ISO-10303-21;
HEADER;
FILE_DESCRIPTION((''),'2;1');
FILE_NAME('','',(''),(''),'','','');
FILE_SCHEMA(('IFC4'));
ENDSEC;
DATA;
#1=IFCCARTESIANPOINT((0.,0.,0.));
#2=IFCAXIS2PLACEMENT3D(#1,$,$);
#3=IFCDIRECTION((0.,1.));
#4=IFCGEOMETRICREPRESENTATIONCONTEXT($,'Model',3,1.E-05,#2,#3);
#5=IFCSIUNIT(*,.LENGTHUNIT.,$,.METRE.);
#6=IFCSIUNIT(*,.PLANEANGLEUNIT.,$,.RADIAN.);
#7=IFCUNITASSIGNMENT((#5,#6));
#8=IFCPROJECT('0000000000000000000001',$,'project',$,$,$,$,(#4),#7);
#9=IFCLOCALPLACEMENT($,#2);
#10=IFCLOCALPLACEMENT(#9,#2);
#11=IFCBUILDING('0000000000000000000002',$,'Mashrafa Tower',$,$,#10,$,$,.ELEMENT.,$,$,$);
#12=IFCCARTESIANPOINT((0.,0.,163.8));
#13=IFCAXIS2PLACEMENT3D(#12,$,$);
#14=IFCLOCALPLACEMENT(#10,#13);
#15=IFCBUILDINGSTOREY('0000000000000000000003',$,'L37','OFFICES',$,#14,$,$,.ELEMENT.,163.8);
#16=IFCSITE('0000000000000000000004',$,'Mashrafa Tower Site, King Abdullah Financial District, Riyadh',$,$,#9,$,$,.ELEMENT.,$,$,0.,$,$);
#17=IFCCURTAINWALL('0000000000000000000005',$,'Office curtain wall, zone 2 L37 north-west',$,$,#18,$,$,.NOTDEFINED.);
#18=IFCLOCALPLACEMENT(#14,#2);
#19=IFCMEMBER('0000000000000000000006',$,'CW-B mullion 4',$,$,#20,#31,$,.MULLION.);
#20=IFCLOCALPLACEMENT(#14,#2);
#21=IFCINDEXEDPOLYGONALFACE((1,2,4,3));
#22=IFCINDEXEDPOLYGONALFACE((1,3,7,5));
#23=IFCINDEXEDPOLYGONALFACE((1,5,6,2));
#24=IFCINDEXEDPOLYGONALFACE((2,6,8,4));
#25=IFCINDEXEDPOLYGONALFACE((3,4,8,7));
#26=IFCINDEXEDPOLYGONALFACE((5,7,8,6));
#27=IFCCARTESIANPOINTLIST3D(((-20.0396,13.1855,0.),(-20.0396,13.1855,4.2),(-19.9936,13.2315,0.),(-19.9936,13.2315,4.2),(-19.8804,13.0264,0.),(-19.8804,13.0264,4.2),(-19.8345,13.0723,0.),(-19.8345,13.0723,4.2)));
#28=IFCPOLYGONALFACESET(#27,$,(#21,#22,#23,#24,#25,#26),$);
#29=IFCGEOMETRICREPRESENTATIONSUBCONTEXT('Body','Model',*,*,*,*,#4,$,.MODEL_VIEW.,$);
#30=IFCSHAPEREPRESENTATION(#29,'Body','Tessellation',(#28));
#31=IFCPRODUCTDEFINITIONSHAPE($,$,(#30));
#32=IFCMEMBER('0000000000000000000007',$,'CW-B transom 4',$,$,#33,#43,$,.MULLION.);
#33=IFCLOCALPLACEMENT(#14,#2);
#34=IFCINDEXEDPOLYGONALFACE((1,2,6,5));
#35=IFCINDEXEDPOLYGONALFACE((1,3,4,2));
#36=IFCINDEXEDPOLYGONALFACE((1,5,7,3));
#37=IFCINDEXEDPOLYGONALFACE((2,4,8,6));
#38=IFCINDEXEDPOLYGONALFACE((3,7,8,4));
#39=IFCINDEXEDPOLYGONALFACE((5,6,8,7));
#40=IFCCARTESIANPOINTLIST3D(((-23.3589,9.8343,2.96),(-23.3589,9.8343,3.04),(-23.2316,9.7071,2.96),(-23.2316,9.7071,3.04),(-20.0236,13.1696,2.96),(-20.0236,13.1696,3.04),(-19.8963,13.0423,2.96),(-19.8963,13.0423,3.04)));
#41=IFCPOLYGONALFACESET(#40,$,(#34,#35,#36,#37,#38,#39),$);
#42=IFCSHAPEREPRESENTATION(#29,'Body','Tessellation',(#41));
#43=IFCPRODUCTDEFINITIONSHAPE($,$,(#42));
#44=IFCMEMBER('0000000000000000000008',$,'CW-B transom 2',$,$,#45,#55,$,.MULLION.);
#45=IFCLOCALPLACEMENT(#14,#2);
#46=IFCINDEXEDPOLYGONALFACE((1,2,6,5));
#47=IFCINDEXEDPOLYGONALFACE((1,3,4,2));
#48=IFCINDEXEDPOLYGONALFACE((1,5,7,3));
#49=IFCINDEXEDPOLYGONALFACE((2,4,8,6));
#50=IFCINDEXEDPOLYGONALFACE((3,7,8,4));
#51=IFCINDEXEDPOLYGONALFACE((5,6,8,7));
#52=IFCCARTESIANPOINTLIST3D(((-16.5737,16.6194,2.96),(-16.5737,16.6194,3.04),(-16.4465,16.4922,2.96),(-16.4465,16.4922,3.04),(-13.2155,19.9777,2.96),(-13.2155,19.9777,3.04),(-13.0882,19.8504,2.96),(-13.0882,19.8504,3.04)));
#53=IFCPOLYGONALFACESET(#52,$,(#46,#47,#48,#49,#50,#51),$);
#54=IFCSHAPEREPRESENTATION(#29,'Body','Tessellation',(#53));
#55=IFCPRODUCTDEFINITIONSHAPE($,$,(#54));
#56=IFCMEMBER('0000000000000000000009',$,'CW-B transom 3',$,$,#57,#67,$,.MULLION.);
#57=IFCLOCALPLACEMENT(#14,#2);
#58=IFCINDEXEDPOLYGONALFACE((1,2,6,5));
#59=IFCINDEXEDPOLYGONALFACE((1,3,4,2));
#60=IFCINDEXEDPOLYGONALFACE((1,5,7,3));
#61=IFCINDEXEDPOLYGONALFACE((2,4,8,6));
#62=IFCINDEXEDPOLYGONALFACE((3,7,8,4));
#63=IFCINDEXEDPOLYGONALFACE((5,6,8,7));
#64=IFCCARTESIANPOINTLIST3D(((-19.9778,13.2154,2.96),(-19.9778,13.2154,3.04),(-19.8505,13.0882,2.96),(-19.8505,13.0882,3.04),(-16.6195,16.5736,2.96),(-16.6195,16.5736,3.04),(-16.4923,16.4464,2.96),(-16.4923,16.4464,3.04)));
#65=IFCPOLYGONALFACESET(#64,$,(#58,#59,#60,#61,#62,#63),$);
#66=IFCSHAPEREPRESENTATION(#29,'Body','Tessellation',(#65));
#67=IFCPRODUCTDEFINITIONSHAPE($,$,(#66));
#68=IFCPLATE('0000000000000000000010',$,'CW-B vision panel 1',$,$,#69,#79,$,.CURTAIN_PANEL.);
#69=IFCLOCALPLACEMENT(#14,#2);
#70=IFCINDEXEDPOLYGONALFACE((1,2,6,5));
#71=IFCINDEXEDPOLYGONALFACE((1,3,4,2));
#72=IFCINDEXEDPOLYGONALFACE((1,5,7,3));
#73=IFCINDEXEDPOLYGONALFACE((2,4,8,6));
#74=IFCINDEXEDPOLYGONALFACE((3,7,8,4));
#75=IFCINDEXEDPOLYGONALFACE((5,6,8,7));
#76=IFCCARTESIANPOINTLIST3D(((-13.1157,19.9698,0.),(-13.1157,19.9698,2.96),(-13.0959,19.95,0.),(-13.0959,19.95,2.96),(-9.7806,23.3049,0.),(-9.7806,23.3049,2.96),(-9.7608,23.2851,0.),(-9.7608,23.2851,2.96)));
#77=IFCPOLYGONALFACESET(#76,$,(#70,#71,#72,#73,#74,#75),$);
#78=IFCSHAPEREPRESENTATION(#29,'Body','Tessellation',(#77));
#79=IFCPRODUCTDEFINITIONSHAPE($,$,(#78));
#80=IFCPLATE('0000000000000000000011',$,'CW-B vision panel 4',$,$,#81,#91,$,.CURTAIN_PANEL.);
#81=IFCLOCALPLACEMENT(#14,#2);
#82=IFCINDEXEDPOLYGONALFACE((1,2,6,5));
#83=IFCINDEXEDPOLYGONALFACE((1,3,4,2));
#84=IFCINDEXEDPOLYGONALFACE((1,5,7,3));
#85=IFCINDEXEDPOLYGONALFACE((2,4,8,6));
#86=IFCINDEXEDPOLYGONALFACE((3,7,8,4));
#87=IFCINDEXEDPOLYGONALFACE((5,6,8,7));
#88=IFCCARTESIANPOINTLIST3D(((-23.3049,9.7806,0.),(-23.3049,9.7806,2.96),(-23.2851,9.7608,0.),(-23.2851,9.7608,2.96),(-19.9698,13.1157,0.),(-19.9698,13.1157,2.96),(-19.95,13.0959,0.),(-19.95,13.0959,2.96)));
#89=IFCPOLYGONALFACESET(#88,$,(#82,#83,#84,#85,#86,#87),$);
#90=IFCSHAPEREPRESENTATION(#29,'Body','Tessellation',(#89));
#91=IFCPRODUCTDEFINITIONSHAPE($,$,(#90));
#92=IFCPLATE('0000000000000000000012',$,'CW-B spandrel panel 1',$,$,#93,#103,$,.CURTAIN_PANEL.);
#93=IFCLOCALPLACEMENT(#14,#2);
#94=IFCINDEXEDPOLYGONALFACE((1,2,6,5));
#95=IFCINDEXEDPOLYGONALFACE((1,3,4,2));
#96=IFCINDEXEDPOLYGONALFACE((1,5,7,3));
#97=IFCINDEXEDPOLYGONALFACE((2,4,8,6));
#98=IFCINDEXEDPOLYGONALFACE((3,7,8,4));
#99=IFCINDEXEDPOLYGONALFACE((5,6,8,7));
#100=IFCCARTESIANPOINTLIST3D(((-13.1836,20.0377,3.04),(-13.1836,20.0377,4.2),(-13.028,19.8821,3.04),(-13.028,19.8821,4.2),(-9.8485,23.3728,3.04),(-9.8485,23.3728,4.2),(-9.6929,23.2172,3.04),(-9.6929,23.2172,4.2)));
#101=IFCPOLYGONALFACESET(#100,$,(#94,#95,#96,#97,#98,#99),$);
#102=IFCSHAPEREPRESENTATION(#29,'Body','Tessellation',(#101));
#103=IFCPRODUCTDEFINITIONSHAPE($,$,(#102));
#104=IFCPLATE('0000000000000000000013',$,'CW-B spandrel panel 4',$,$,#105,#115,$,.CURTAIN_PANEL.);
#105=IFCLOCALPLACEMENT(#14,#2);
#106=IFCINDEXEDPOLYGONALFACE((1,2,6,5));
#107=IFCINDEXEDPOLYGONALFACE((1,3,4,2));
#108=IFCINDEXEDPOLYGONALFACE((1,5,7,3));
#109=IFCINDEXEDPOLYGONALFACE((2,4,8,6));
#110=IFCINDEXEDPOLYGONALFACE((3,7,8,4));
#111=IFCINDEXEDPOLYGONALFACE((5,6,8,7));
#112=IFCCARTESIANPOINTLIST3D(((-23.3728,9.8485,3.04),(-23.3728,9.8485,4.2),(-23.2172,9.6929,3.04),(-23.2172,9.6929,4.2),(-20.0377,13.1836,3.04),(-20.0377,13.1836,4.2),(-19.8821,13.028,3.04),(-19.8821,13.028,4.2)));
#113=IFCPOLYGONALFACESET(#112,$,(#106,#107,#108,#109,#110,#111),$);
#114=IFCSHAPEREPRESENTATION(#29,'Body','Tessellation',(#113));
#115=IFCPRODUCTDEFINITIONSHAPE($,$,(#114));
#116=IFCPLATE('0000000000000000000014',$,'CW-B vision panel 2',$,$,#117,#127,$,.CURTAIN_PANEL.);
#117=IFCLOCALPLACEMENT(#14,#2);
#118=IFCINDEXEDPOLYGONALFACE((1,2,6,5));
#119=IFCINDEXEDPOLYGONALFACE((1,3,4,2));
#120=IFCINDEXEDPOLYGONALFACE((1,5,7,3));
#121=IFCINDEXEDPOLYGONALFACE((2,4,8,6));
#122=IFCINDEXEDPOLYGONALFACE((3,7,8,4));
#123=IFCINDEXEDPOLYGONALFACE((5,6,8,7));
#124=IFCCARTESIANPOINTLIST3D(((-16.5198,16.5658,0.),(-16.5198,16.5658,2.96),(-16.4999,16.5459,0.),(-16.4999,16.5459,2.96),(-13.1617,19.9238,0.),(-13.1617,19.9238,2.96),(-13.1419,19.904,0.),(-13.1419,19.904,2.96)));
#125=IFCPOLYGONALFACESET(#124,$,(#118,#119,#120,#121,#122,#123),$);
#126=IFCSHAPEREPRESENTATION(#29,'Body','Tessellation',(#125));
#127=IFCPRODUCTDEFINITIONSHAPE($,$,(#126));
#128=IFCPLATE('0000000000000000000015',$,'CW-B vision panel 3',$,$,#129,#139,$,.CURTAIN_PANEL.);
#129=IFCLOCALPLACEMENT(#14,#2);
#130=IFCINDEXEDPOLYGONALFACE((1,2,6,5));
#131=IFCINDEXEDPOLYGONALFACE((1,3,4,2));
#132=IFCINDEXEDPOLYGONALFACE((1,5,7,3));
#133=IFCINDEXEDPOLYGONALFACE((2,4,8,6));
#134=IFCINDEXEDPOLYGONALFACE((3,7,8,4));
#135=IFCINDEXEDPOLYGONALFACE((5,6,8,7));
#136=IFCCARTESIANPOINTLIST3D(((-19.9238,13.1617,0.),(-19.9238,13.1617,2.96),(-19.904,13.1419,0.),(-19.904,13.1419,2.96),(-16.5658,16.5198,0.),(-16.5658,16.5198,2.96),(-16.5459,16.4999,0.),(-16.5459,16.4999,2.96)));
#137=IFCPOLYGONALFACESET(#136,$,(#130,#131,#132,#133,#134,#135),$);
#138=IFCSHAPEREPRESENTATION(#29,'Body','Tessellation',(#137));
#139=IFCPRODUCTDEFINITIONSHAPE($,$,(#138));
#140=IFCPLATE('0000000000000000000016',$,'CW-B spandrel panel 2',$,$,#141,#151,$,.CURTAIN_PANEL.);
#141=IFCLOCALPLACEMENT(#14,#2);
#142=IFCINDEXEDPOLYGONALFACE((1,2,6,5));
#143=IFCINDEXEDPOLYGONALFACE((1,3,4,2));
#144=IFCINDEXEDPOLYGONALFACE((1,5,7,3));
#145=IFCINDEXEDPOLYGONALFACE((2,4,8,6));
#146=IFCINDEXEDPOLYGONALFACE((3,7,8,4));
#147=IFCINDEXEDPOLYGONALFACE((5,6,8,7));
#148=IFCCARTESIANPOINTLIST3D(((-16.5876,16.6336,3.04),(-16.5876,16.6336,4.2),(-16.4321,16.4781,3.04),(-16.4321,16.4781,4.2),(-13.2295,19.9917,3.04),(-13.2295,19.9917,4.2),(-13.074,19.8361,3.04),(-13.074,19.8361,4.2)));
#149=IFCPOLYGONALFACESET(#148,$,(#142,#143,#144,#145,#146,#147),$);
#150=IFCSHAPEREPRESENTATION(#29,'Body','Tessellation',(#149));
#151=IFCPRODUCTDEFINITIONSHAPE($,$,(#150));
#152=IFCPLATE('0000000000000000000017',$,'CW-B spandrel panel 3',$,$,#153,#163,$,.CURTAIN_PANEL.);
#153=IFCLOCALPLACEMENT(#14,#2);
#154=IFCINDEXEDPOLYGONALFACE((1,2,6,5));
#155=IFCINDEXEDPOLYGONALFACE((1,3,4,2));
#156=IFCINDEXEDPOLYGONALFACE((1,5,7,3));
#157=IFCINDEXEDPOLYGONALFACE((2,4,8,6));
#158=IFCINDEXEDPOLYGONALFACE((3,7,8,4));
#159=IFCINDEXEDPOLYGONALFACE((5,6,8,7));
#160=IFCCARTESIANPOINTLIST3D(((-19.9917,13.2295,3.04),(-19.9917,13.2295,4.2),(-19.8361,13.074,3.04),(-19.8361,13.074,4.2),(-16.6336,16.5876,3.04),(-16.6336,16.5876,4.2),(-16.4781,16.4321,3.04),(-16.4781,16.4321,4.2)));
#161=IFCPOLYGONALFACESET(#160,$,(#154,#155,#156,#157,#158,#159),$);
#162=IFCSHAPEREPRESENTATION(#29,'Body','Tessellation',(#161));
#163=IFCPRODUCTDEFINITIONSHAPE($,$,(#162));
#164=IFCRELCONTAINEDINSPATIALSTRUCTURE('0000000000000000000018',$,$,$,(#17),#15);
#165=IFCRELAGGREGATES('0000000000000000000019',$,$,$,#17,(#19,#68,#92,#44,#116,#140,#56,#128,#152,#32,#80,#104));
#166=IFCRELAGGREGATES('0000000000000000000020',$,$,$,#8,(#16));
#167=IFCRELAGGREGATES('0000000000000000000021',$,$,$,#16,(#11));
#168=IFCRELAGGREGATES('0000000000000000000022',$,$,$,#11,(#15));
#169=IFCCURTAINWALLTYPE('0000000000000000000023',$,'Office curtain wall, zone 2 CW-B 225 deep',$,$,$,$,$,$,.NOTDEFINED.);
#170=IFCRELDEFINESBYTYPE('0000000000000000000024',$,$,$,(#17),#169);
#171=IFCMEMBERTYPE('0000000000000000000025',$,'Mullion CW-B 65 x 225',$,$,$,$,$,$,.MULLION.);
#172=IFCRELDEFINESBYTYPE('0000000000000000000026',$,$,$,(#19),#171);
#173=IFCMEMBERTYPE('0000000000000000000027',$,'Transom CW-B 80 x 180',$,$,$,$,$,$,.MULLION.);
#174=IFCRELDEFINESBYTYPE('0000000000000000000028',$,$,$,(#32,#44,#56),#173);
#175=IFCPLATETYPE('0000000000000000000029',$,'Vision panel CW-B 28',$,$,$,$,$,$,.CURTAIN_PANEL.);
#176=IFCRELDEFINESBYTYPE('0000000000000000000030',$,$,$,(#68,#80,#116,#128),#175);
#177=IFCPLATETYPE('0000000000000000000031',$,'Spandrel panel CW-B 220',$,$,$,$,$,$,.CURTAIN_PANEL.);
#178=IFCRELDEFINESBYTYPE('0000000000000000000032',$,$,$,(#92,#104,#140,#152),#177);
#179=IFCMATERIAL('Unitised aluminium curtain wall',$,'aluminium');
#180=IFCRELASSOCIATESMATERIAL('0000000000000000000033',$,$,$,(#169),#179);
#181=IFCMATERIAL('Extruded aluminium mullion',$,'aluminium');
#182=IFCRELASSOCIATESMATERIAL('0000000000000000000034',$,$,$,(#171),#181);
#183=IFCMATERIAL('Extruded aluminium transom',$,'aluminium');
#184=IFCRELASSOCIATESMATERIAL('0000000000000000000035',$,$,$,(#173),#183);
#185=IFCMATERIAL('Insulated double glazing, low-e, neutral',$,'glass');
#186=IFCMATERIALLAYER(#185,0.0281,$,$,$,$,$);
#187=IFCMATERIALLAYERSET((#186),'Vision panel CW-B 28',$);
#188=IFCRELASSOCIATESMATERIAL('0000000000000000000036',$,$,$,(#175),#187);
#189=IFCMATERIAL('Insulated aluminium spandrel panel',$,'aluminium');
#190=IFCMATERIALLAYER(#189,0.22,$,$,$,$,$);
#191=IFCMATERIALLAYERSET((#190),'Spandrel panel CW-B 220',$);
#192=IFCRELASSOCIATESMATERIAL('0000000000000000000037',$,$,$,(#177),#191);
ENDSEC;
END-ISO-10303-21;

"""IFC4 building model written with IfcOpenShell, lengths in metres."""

from ifc_helpers import new_model, si_unit, direction, frame, origin, origin_2d, place, context, subcontext, project, spatial, rectangle, extrude, source, transform, mapped, material, layer, layer_set, material_profile, profile_set, type_object, type_shapes, element, aggregate, save


model = new_model("IFC4")

# Units and contexts
model_context = context("Model", 3, precision=1e-05, world=origin(), true_north=direction((0.0, 1.0)))
body_context = subcontext(model_context, "Body", "Model", "MODEL_VIEW")
ifc_project = project(units=[si_unit("LENGTHUNIT", "METRE"), si_unit("PLANEANGLEUNIT", "RADIAN")], contexts=[model_context])

# Site, building, storey
site_placement = place(None, origin())
site = spatial("IfcSite", under=ifc_project, at=site_placement, Name="Mashrafa Tower Site, King Abdullah Financial District, Riyadh", CompositionType="ELEMENT", RefElevation=0.0)
building_placement = place(site_placement, origin())
building = spatial("IfcBuilding", under=site, at=building_placement, Name="Mashrafa Tower", CompositionType="ELEMENT")
storey_placement = place(building_placement, frame((0.0, 0.0, 163.8)))
storey = spatial("IfcBuildingStorey", under=building, at=storey_placement, Name="L37", Description="OFFICES", CompositionType="ELEMENT", Elevation=163.8)

# Curtain wall, members, plates
ifc_material_1 = material(Name="Unitised aluminium curtain wall", Category="aluminium")
curtain_wall_type = type_object("IfcCurtainWallType", Name="Office curtain wall, zone 2 CW-B 225 deep", PredefinedType="NOTDEFINED", material=ifc_material_1)
curtain_wall_placement = place(storey_placement, origin())
curtain_wall = element("IfcCurtainWall", 1, at=curtain_wall_placement, inside=storey, type_object=curtain_wall_type, Name="Office curtain wall, zone 2 L37 north-west", PredefinedType="NOTDEFINED")
ifc_material_2 = material(Name="Extruded aluminium mullion", Category="aluminium")
ifc_material_profile_1 = material_profile(ifc_material_2, rectangle(XDim=0.2251, YDim=0.0649, at=origin_2d()), Name="Mullion 65x225")
ifc_profile_set_1 = profile_set([ifc_material_profile_1], Name="Extruded aluminium mullion")
member_type_1 = type_object("IfcMemberType", Name="Mullion CW-B 65 x 225", PredefinedType="MULLION", material=ifc_profile_set_1)
shared_shape_1 = source(origin(), body_context, "Body", "SweptSolid", [
    extrude(rectangle(XDim=0.2251, YDim=0.0649, at=origin_2d()), origin(), (0.0, 0.0, 1.0), 4.2),
])
type_shapes(member_type_1, [shared_shape_1])
member_1_placement = place(storey_placement, frame((-19.937, 13.1289, 0.0), z_axis=(0.0, 0.0, 1.0), x_axis=(0.707107, -0.707107, 0.0)))
member_1 = element("IfcMember", 2, at=member_1_placement, type_object=member_type_1, Name="CW-B mullion 4", PredefinedType="MULLION", context=body_context, shape_type="MappedRepresentation", body=[
    mapped(shared_shape_1, transform((0.0, 0.0, 0.0))),
])
ifc_material_3 = material(Name="Extruded aluminium transom", Category="aluminium")
ifc_material_profile_2 = material_profile(ifc_material_3, rectangle(XDim=0.1799, YDim=0.0801, at=origin_2d()), Name="Transom 80x180")
ifc_profile_set_2 = profile_set([ifc_material_profile_2], Name="Extruded aluminium transom")
member_type_2 = type_object("IfcMemberType", Name="Transom CW-B 80 x 180", PredefinedType="MULLION", material=ifc_profile_set_2)
shared_shape_2 = source(origin(), body_context, "Body", "SweptSolid", [
    extrude(rectangle(XDim=0.1799, YDim=0.0801, at=origin_2d()), origin(), (0.0, 0.0, 1.0), 4.7168),
])
member_2_placement = place(storey_placement, frame((-19.96, 13.106, 3.0), z_axis=(-0.707107, -0.707107, 0.0), x_axis=(0.707107, -0.707107, 0.0)))
member_2 = element("IfcMember", 3, at=member_2_placement, type_object=member_type_2, Name="CW-B transom 4", PredefinedType="MULLION", context=body_context, shape_type="MappedRepresentation", body=[
    mapped(shared_shape_2, transform((0.0, 0.0, 0.0))),
])
shared_shape_3 = source(origin(), body_context, "Body", "SweptSolid", [
    extrude(rectangle(XDim=0.1799, YDim=0.0801, at=origin_2d()), origin(), (0.0, 0.0, 1.0), 4.7493),
])
type_shapes(member_type_2, [shared_shape_2, shared_shape_3])
member_3_placement = place(storey_placement, frame((-13.1519, 19.9141, 3.0), z_axis=(-0.707107, -0.707107, 0.0), x_axis=(0.707107, -0.707107, 0.0)))
member_3 = element("IfcMember", 4, at=member_3_placement, type_object=member_type_2, Name="CW-B transom 2", PredefinedType="MULLION", context=body_context, shape_type="MappedRepresentation", body=[
    mapped(shared_shape_3, transform((0.0, 0.0, 0.0))),
])
member_4_placement = place(storey_placement, frame((-16.5559, 16.51, 3.0), z_axis=(-0.707107, -0.707107, 0.0), x_axis=(0.707107, -0.707107, 0.0)))
member_4 = element("IfcMember", 5, at=member_4_placement, type_object=member_type_2, Name="CW-B transom 3", PredefinedType="MULLION", context=body_context, shape_type="MappedRepresentation", body=[
    mapped(shared_shape_3, transform((0.0, 0.0, 0.0))),
])
ifc_material_4 = material(Name="Insulated double glazing, low-e, neutral", Category="glass")
ifc_layer_1 = layer(ifc_material_4, 0.0281)
ifc_layer_set_1 = layer_set([ifc_layer_1], Name="Vision panel CW-B 28")
plate_type_1 = type_object("IfcPlateType", Name="Vision panel CW-B 28", PredefinedType="CURTAIN_PANEL", material=ifc_layer_set_1)
shared_shape_4 = source(origin(), body_context, "Body", "SweptSolid", [
    extrude(rectangle(XDim=4.7166, YDim=0.0281, at=origin_2d()), origin(), (0.0, 0.0, 1.0), 2.96),
])
plate_1_placement = place(storey_placement, frame((-11.4382, 21.6274, 0.0), z_axis=(0.0, 0.0, 1.0), x_axis=(-0.707107, -0.707107, 0.0)))
plate_1 = element("IfcPlate", 6, at=plate_1_placement, type_object=plate_type_1, Name="CW-B vision panel 1", PredefinedType="CURTAIN_PANEL", context=body_context, shape_type="MappedRepresentation", body=[
    mapped(shared_shape_4, transform((0.0, 0.0, 0.0))),
])
plate_2_placement = place(storey_placement, frame((-21.6274, 11.4382, 0.0), z_axis=(0.0, 0.0, 1.0), x_axis=(-0.707107, -0.707107, 0.0)))
plate_2 = element("IfcPlate", 7, at=plate_2_placement, type_object=plate_type_1, Name="CW-B vision panel 4", PredefinedType="CURTAIN_PANEL", context=body_context, shape_type="MappedRepresentation", body=[
    mapped(shared_shape_4, transform((0.0, 0.0, 0.0))),
])
ifc_material_5 = material(Name="Insulated aluminium spandrel panel", Category="aluminium")
ifc_layer_2 = layer(ifc_material_5, 0.22)
ifc_layer_set_2 = layer_set([ifc_layer_2], Name="Spandrel panel CW-B 220")
plate_type_2 = type_object("IfcPlateType", Name="Spandrel panel CW-B 220", PredefinedType="CURTAIN_PANEL", material=ifc_layer_set_2)
shared_shape_5 = source(origin(), body_context, "Body", "SweptSolid", [
    extrude(rectangle(XDim=4.7166, YDim=0.22, at=origin_2d()), origin(), (0.0, 0.0, 1.0), 1.1599),
])
plate_3_placement = place(storey_placement, frame((-11.4382, 21.6274, 3.04), z_axis=(0.0, 0.0, 1.0), x_axis=(-0.707107, -0.707107, 0.0)))
plate_3 = element("IfcPlate", 8, at=plate_3_placement, type_object=plate_type_2, Name="CW-B spandrel panel 1", PredefinedType="CURTAIN_PANEL", context=body_context, shape_type="MappedRepresentation", body=[
    mapped(shared_shape_5, transform((0.0, 0.0, 0.0))),
])
plate_4_placement = place(storey_placement, frame((-21.6274, 11.4382, 3.04), z_axis=(0.0, 0.0, 1.0), x_axis=(-0.707107, -0.707107, 0.0)))
plate_4 = element("IfcPlate", 9, at=plate_4_placement, type_object=plate_type_2, Name="CW-B spandrel panel 4", PredefinedType="CURTAIN_PANEL", context=body_context, shape_type="MappedRepresentation", body=[
    mapped(shared_shape_5, transform((0.0, 0.0, 0.0))),
])
shared_shape_6 = source(origin(), body_context, "Body", "SweptSolid", [
    extrude(rectangle(XDim=4.749, YDim=0.0281, at=origin_2d()), origin(), (0.0, 0.0, 1.0), 2.96),
])
type_shapes(plate_type_1, [shared_shape_4, shared_shape_6])
plate_5_placement = place(storey_placement, frame((-14.8308, 18.2349, 0.0), z_axis=(0.0, 0.0, 1.0), x_axis=(-0.707107, -0.707107, 0.0)))
plate_5 = element("IfcPlate", 10, at=plate_5_placement, type_object=plate_type_1, Name="CW-B vision panel 2", PredefinedType="CURTAIN_PANEL", context=body_context, shape_type="MappedRepresentation", body=[
    mapped(shared_shape_6, transform((0.0, 0.0, 0.0))),
])
plate_6_placement = place(storey_placement, frame((-18.2349, 14.8308, 0.0), z_axis=(0.0, 0.0, 1.0), x_axis=(-0.707107, -0.707107, 0.0)))
plate_6 = element("IfcPlate", 11, at=plate_6_placement, type_object=plate_type_1, Name="CW-B vision panel 3", PredefinedType="CURTAIN_PANEL", context=body_context, shape_type="MappedRepresentation", body=[
    mapped(shared_shape_6, transform((0.0, 0.0, 0.0))),
])
shared_shape_7 = source(origin(), body_context, "Body", "SweptSolid", [
    extrude(rectangle(XDim=4.749, YDim=0.22, at=origin_2d()), origin(), (0.0, 0.0, 1.0), 1.1599),
])
type_shapes(plate_type_2, [shared_shape_5, shared_shape_7])
plate_7_placement = place(storey_placement, frame((-14.8308, 18.2349, 3.04), z_axis=(0.0, 0.0, 1.0), x_axis=(-0.707107, -0.707107, 0.0)))
plate_7 = element("IfcPlate", 12, at=plate_7_placement, type_object=plate_type_2, Name="CW-B spandrel panel 2", PredefinedType="CURTAIN_PANEL", context=body_context, shape_type="MappedRepresentation", body=[
    mapped(shared_shape_7, transform((0.0, 0.0, 0.0))),
])
plate_8_placement = place(storey_placement, frame((-18.2349, 14.8308, 3.04), z_axis=(0.0, 0.0, 1.0), x_axis=(-0.707107, -0.707107, 0.0)))
plate_8 = element("IfcPlate", 13, at=plate_8_placement, type_object=plate_type_2, Name="CW-B spandrel panel 3", PredefinedType="CURTAIN_PANEL", context=body_context, shape_type="MappedRepresentation", body=[
    mapped(shared_shape_7, transform((0.0, 0.0, 0.0))),
])
aggregate(curtain_wall, [member_1, plate_1, plate_3, member_3, plate_5, plate_7, member_4, plate_6, plate_8, member_2, plate_2, plate_4])

save(model, "model.ifc")
